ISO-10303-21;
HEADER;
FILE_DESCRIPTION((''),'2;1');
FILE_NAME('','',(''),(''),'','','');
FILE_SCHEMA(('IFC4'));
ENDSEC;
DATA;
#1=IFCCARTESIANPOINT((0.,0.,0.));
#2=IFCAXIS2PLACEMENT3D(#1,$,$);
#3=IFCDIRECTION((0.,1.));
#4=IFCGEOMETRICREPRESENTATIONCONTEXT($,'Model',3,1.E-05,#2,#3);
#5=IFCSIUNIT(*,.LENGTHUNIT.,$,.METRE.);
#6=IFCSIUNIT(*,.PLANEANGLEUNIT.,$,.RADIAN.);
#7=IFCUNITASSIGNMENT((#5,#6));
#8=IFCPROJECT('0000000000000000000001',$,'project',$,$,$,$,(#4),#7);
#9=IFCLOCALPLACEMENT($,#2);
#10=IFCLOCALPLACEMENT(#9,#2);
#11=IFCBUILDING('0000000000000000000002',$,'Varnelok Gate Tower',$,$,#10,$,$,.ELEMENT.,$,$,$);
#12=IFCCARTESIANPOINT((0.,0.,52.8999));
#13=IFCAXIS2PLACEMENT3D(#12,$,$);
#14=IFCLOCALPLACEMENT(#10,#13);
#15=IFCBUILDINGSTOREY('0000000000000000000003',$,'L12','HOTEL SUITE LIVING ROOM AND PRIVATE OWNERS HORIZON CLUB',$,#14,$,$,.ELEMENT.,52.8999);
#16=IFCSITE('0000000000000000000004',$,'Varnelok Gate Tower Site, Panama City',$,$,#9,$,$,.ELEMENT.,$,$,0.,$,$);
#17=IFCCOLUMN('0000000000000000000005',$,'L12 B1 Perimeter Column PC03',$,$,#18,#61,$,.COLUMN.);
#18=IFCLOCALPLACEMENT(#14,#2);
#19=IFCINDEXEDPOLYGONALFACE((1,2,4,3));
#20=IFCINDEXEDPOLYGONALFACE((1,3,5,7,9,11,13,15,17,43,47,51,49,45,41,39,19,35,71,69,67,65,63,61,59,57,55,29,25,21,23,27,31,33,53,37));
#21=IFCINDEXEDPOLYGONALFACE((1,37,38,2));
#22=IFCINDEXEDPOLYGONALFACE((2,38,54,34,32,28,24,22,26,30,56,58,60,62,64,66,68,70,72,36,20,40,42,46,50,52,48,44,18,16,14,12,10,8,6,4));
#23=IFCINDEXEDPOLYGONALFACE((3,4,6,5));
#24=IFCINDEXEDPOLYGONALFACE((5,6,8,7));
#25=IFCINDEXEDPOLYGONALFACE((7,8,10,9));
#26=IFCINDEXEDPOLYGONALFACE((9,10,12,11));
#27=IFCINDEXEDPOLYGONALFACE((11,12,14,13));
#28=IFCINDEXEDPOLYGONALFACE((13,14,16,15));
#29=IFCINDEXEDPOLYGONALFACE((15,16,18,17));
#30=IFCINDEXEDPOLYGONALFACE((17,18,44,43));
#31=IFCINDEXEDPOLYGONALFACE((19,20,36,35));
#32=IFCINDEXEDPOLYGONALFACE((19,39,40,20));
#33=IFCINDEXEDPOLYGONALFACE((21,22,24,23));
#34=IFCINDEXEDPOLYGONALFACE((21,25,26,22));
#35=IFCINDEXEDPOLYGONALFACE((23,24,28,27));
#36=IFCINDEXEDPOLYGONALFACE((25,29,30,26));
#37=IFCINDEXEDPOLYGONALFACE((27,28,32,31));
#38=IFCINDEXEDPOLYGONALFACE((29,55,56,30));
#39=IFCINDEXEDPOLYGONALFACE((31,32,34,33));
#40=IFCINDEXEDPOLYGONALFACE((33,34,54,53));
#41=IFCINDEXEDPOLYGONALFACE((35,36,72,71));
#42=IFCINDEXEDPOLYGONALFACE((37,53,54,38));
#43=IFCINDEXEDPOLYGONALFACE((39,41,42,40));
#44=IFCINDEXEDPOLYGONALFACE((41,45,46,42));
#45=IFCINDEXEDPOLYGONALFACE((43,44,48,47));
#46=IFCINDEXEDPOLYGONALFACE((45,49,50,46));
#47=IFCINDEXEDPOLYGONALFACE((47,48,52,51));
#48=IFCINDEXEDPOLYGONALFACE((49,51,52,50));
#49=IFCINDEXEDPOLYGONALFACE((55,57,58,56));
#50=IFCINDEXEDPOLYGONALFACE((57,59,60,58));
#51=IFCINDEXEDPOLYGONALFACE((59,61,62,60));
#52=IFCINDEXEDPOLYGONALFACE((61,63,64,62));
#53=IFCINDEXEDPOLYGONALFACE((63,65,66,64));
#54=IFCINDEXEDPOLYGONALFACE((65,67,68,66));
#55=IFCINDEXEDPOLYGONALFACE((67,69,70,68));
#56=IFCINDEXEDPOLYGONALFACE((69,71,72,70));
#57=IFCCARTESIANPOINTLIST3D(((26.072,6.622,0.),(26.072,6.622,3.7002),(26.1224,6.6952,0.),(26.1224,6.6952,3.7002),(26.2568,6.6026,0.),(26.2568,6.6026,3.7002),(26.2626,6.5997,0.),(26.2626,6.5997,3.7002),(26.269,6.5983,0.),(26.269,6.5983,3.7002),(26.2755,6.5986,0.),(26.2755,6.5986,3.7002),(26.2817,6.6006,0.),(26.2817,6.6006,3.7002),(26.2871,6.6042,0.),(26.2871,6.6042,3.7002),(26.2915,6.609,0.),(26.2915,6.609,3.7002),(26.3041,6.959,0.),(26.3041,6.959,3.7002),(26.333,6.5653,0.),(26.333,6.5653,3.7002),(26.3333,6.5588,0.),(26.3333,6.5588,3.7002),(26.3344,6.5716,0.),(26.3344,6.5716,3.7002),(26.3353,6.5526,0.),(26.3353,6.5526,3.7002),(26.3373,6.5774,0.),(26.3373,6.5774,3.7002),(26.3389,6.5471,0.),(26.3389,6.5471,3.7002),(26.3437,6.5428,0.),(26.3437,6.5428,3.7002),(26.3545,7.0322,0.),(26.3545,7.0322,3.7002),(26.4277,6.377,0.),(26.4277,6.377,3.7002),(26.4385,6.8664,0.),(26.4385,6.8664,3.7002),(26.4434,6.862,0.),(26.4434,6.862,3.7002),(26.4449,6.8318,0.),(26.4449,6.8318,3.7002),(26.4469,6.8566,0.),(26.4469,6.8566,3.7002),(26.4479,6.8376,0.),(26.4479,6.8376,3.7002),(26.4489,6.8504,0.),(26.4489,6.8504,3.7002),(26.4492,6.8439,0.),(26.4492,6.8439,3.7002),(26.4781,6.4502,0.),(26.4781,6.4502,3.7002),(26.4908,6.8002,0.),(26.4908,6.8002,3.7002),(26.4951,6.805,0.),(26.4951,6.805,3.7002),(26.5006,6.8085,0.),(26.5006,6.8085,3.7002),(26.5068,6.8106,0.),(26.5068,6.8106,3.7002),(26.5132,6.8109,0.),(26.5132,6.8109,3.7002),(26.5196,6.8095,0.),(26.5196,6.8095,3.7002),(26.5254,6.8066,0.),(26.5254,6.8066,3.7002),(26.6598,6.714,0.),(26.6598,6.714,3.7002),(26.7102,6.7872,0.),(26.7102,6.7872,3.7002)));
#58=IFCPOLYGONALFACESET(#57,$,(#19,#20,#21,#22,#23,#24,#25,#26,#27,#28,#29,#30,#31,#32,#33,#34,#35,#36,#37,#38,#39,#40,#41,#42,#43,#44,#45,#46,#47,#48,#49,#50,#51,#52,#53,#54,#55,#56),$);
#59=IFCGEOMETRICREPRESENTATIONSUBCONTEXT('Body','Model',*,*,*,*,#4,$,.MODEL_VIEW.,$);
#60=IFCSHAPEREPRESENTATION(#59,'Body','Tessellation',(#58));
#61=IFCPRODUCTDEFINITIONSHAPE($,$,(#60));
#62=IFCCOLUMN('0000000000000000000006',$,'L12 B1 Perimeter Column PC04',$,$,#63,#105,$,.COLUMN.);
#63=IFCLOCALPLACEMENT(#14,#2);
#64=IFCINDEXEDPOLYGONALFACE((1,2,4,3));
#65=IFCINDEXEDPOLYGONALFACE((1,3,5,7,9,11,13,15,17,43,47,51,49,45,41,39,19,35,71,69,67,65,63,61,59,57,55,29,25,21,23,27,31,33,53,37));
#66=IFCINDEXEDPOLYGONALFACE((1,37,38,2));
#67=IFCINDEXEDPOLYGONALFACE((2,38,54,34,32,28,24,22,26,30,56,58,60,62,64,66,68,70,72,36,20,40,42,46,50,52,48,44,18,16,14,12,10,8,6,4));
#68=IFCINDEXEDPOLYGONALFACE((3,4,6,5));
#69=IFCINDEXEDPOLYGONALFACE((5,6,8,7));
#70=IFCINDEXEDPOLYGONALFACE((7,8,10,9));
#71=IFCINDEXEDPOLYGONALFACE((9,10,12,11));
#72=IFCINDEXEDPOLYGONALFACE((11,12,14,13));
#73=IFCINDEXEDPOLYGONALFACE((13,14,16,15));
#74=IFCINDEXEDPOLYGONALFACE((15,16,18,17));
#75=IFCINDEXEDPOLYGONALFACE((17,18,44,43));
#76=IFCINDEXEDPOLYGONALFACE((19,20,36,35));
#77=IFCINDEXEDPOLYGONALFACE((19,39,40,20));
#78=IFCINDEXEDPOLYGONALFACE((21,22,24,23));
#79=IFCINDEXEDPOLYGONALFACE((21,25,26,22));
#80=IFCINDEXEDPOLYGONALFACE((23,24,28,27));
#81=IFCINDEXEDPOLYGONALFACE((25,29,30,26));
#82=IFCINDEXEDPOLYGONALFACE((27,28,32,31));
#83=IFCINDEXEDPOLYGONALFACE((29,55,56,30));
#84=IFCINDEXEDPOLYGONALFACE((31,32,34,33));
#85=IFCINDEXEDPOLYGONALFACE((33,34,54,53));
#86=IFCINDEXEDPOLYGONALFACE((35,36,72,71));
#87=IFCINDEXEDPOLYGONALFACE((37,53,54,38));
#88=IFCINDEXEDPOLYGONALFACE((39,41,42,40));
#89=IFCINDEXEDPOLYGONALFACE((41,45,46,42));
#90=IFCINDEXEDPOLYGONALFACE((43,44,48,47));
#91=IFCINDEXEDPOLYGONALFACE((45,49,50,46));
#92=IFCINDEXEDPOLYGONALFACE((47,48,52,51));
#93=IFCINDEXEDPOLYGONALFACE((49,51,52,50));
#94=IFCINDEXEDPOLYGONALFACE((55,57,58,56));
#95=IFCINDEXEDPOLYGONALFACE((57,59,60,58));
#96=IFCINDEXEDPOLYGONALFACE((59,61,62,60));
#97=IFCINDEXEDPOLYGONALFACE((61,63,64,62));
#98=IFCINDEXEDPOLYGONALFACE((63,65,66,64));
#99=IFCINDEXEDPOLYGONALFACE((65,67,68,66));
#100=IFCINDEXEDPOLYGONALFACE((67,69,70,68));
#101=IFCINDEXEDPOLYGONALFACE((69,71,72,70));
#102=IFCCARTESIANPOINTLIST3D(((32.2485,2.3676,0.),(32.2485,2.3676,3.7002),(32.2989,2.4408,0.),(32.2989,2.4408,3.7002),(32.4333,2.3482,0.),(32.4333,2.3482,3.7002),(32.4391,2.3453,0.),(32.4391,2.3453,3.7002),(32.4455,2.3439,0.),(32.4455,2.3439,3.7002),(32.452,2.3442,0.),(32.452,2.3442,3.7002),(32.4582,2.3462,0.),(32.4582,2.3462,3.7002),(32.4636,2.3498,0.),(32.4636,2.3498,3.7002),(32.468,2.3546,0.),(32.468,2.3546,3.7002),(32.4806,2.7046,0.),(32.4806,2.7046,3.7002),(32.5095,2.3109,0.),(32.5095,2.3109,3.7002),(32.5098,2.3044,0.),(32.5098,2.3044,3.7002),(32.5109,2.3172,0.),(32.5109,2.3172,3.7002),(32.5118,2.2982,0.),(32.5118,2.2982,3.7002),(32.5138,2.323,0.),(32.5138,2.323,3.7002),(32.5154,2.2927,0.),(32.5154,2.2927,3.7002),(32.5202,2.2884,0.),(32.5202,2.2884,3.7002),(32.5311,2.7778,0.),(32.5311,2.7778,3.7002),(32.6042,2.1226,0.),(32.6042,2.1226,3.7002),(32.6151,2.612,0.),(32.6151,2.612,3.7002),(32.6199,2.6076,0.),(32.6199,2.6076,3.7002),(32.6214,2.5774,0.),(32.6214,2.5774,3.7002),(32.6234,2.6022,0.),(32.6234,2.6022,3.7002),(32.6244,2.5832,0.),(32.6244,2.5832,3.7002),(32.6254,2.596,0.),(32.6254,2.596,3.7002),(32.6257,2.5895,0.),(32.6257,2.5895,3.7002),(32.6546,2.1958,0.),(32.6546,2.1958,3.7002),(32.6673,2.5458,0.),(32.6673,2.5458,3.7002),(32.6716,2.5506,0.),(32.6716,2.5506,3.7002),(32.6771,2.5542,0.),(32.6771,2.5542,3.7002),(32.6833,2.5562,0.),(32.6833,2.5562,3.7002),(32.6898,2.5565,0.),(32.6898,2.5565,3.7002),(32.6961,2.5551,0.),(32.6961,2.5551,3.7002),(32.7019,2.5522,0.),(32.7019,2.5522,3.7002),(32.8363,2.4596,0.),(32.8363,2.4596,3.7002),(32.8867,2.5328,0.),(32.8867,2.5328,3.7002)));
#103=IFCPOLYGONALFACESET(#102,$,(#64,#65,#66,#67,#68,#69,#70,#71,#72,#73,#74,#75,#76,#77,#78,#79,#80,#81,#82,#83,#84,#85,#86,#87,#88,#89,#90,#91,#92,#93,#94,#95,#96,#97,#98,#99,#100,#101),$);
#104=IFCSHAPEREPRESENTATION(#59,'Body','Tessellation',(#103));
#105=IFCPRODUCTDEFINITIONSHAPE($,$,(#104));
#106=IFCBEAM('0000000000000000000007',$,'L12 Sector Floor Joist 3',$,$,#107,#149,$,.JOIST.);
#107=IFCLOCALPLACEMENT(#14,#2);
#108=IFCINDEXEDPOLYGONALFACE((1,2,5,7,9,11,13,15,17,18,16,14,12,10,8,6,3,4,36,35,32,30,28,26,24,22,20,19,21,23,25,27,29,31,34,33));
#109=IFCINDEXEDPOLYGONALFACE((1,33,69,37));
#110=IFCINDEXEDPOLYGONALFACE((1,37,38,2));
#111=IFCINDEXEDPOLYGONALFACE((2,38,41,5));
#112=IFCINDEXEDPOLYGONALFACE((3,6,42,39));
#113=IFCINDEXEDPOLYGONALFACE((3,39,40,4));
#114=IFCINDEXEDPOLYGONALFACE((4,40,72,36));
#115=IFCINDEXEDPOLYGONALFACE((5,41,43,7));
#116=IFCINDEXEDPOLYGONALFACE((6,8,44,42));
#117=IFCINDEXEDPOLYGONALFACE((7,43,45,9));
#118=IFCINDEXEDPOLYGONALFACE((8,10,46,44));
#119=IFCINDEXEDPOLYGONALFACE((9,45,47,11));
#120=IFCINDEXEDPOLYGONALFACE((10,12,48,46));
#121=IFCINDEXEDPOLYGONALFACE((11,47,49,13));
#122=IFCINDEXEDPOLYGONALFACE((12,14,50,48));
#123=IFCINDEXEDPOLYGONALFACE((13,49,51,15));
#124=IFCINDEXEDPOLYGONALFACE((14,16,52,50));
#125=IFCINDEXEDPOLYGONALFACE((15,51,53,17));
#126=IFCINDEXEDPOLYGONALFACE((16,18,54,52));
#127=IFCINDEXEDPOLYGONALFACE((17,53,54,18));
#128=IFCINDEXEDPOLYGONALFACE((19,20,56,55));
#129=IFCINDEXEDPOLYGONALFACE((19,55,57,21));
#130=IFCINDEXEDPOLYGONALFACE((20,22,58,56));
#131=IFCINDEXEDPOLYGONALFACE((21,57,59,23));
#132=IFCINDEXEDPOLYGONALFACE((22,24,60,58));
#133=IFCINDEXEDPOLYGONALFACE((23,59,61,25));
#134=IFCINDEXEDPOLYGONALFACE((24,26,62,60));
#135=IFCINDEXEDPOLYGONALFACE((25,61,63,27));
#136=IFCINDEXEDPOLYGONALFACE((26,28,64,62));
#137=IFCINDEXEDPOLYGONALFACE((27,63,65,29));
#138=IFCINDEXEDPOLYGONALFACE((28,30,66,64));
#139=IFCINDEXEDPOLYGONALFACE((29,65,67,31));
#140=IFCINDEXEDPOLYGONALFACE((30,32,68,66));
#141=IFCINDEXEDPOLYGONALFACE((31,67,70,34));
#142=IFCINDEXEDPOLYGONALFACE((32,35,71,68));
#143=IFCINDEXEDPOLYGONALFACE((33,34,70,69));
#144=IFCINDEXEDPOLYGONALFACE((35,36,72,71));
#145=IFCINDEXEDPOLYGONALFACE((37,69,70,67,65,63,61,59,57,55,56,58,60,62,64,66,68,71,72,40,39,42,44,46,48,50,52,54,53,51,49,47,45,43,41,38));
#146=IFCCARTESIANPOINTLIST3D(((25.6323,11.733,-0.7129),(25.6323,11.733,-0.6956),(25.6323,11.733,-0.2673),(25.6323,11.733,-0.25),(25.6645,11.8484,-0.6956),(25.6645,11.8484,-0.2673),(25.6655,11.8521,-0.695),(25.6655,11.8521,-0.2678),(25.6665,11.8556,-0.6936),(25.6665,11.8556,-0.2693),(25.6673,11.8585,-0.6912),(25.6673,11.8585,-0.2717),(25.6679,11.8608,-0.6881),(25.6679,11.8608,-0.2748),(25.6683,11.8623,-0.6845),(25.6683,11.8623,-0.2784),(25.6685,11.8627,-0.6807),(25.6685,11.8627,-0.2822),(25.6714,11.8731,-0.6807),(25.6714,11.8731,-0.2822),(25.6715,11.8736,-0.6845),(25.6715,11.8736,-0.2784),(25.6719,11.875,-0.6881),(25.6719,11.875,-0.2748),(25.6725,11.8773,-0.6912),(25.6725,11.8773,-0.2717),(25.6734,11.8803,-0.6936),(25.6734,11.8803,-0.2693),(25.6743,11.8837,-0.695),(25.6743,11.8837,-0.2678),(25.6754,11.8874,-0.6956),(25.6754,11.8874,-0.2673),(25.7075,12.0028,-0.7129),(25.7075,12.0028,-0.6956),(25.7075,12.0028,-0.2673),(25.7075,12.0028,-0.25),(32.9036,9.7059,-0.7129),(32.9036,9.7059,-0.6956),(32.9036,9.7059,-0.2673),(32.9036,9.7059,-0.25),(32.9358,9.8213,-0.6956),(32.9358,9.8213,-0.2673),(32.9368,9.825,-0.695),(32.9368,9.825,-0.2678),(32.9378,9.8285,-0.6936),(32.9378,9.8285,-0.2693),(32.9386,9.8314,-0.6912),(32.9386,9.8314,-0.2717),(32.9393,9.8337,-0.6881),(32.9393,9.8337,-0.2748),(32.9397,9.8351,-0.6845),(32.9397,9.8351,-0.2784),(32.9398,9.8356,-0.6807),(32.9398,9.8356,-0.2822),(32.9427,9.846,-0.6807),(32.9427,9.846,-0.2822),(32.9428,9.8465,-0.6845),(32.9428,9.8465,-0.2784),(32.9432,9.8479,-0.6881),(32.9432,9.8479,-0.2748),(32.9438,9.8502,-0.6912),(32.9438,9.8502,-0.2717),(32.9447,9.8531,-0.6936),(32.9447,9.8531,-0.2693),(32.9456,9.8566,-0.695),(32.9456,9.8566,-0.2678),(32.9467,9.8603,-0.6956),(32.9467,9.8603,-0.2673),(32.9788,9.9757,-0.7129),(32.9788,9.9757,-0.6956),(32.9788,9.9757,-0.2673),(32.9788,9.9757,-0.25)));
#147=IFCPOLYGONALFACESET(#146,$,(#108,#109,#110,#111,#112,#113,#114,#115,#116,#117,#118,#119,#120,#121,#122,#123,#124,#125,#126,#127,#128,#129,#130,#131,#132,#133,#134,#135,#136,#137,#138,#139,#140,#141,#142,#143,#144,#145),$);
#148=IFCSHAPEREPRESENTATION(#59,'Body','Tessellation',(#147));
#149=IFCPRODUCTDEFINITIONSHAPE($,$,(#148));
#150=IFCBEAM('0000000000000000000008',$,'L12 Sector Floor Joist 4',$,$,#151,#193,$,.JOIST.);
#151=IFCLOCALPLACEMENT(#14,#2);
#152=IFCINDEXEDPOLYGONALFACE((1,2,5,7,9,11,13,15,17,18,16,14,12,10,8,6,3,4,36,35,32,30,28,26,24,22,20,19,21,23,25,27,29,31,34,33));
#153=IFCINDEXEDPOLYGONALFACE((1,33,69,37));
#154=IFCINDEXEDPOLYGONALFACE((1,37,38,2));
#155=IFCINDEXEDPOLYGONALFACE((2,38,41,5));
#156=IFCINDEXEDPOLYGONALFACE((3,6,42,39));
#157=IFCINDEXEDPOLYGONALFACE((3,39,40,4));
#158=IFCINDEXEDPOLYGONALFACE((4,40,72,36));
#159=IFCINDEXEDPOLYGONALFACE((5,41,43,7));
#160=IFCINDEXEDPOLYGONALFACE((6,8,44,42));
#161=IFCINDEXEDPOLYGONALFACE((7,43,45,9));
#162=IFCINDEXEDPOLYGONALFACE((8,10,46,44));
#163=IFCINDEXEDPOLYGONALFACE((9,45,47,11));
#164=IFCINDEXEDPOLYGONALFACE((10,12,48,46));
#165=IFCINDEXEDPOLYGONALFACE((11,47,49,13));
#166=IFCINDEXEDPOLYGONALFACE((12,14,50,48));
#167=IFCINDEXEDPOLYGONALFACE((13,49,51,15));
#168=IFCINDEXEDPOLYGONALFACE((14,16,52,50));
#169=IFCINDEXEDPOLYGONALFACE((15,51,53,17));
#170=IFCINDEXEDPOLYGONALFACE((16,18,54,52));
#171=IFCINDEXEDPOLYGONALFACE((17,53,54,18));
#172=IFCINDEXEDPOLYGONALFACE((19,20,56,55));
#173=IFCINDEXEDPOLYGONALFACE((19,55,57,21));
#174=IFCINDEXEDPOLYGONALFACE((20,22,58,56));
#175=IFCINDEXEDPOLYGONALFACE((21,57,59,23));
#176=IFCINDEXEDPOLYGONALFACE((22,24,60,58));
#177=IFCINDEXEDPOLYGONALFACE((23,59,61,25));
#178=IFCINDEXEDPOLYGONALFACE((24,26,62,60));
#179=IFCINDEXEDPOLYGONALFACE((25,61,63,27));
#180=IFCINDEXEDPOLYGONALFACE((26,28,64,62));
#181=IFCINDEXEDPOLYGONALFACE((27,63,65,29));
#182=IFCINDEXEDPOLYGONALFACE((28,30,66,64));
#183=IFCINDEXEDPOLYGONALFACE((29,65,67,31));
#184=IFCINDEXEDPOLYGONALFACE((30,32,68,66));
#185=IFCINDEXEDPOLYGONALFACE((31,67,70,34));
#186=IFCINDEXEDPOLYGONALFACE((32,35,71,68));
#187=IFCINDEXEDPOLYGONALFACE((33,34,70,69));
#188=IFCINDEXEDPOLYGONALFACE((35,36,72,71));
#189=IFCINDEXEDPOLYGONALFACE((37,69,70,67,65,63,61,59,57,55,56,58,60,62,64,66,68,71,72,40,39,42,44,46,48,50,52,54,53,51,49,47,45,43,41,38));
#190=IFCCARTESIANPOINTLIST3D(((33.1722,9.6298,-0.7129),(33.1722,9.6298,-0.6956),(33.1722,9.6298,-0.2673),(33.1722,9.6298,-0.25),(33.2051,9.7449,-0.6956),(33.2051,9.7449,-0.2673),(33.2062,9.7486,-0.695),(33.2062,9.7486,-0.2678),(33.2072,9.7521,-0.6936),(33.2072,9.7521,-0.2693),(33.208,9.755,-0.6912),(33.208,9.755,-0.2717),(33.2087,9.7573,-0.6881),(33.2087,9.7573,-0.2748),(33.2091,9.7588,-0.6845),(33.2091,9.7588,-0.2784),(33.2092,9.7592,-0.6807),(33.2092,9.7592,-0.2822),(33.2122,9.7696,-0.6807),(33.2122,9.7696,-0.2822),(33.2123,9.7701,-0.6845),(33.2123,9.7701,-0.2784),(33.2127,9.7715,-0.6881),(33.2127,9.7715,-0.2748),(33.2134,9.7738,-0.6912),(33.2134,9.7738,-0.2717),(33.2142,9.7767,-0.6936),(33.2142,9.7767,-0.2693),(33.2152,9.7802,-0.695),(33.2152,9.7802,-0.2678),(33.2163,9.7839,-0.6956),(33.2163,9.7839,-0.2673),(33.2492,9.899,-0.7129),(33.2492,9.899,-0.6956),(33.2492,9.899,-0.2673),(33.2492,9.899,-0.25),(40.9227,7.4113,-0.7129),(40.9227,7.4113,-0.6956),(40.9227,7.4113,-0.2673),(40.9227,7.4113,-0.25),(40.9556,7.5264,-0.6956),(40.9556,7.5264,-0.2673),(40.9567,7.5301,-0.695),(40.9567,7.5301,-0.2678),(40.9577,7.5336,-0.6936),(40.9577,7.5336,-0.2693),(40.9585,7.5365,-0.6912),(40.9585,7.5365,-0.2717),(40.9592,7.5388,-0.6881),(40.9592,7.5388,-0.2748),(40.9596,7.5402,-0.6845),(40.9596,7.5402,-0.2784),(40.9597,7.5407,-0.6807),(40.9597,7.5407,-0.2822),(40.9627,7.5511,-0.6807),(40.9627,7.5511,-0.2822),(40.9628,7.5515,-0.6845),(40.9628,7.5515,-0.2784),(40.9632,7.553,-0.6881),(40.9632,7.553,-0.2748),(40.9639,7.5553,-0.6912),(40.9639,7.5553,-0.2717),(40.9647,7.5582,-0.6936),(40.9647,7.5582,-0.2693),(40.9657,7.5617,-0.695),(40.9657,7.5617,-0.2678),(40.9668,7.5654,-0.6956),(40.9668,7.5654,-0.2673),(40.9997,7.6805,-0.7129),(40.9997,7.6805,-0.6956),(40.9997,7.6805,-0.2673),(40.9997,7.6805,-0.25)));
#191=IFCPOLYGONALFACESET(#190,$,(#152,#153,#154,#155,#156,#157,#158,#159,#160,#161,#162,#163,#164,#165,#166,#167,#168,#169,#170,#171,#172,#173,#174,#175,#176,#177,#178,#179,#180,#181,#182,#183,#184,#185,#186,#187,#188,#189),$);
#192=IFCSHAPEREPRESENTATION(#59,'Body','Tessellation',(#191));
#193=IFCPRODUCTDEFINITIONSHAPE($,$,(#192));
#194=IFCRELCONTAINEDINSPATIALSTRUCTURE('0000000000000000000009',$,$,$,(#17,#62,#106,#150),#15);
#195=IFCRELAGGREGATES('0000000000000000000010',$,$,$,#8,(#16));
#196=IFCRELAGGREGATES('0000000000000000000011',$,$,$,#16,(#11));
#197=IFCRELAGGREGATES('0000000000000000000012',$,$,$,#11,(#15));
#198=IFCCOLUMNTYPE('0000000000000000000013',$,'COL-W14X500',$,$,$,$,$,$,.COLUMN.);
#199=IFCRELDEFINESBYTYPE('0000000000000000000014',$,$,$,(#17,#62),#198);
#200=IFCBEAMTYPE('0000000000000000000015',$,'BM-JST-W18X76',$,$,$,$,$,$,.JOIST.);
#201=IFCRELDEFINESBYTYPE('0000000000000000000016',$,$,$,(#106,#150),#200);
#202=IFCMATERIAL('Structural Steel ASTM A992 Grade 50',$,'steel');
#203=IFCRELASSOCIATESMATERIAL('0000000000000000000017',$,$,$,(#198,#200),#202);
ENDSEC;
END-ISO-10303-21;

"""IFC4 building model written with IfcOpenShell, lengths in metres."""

from ifc_helpers import new_model, si_unit, direction, frame, origin, origin_2d, place, context, subcontext, project, spatial, i_section, extrude, material, material_profile, profile_set, type_object, element, save


model = new_model("IFC4")

# Units and contexts
model_context = context("Model", 3, precision=1e-05, world=origin(), true_north=direction((0.0, 1.0)))
body_context = subcontext(model_context, "Body", "Model", "MODEL_VIEW")
ifc_project = project(units=[si_unit("LENGTHUNIT", "METRE"), si_unit("PLANEANGLEUNIT", "RADIAN")], contexts=[model_context])

# Site, building, storey
site_placement = place(None, origin())
site = spatial("IfcSite", under=ifc_project, at=site_placement, Name="Varnelok Gate Tower Site, Panama City", CompositionType="ELEMENT", RefElevation=0.0)
building_placement = place(site_placement, origin())
building = spatial("IfcBuilding", under=site, at=building_placement, Name="Varnelok Gate Tower", CompositionType="ELEMENT")
storey_placement = place(building_placement, frame((0.0, 0.0, 52.8999)))
storey = spatial("IfcBuildingStorey", under=building, at=storey_placement, Name="L12", Description="HOTEL SUITE LIVING ROOM AND PRIVATE OWNERS HORIZON CLUB", CompositionType="ELEMENT", Elevation=52.8999)

# Columns
ifc_material_1 = material(Name="Structural Steel ASTM A992 Grade 50", Category="steel")
ifc_material_profile_1 = material_profile(ifc_material_1, i_section(OverallWidth=0.4319, OverallDepth=0.498, WebThickness=0.0557, FlangeThickness=0.0889, FilletRadius=0.0249, at=origin_2d()), Name="W14X500")
ifc_profile_set_1 = profile_set([ifc_material_profile_1], Name="Structural Steel ASTM A992 Grade 50")
column_type = type_object("IfcColumnType", Name="COL-W14X500", PredefinedType="COLUMN", material=ifc_profile_set_1)
for number, where, z_axis, x_axis, name in (
    (1, (26.3911, 6.7046, 0.0), (0.0, 0.0, 1.0), (0.823533, -0.567269, 0.0), "L12 B1 Perimeter Column PC03"),
    (2, (32.5676, 2.4502, 0.0), (0.0, 0.0, 1.0), (0.823533, -0.567269, 0.0), "L12 B1 Perimeter Column PC04"),
):
    element("IfcColumn", number, at=place(storey_placement, frame(where, z_axis=z_axis, x_axis=x_axis)), inside=storey, type_object=column_type, Name=name, PredefinedType="COLUMN", context=body_context, shape_type="SweptSolid", body=[
        extrude(i_section(OverallWidth=0.4319, OverallDepth=0.498, WebThickness=0.0557, FlangeThickness=0.0889, FilletRadius=0.0249, at=origin_2d()), origin(), (0.0, 0.0, 1.0), 3.7002),
    ])

# Beams
ifc_material_profile_2 = material_profile(ifc_material_1, i_section(OverallWidth=0.28, OverallDepth=0.4629, WebThickness=0.0107, FlangeThickness=0.0173, FilletRadius=0.0149, at=origin_2d()), Name="W18X76")
ifc_profile_set_2 = profile_set([ifc_material_profile_2], Name="Structural Steel ASTM A992 Grade 50")
beam_type_1 = type_object("IfcBeamType", Name="BM-JST-W18X76", PredefinedType="JOIST", material=ifc_profile_set_2)
beam_1_placement = place(storey_placement, frame((25.6699, 11.8679, -0.4814), z_axis=(0.963268, -0.268543, 0.0), x_axis=(0.268543, 0.963268, 0.0)))
element("IfcBeam", 3, at=beam_1_placement, inside=storey, type_object=beam_type_1, Name="L12 Sector Floor Joist 3", PredefinedType="JOIST", context=body_context, shape_type="SweptSolid", body=[
    extrude(i_section(OverallWidth=0.28, OverallDepth=0.4629, WebThickness=0.0107, FlangeThickness=0.0173, FilletRadius=0.0149, at=origin_2d()), origin(), (0.0, 0.0, 1.0), 7.5486),
])
beam_2_placement = place(storey_placement, frame((33.2107, 9.7644, -0.4814), z_axis=(0.96139, -0.275189, 0.0), x_axis=(0.275189, 0.96139, 0.0)))
element("IfcBeam", 4, at=beam_2_placement, inside=storey, type_object=beam_type_1, Name="L12 Sector Floor Joist 4", PredefinedType="JOIST", context=body_context, shape_type="SweptSolid", body=[
    extrude(i_section(OverallWidth=0.28, OverallDepth=0.4629, WebThickness=0.0107, FlangeThickness=0.0173, FilletRadius=0.0149, at=origin_2d()), origin(), (0.0, 0.0, 1.0), 8.0618),
])

save(model, "model.ifc")
